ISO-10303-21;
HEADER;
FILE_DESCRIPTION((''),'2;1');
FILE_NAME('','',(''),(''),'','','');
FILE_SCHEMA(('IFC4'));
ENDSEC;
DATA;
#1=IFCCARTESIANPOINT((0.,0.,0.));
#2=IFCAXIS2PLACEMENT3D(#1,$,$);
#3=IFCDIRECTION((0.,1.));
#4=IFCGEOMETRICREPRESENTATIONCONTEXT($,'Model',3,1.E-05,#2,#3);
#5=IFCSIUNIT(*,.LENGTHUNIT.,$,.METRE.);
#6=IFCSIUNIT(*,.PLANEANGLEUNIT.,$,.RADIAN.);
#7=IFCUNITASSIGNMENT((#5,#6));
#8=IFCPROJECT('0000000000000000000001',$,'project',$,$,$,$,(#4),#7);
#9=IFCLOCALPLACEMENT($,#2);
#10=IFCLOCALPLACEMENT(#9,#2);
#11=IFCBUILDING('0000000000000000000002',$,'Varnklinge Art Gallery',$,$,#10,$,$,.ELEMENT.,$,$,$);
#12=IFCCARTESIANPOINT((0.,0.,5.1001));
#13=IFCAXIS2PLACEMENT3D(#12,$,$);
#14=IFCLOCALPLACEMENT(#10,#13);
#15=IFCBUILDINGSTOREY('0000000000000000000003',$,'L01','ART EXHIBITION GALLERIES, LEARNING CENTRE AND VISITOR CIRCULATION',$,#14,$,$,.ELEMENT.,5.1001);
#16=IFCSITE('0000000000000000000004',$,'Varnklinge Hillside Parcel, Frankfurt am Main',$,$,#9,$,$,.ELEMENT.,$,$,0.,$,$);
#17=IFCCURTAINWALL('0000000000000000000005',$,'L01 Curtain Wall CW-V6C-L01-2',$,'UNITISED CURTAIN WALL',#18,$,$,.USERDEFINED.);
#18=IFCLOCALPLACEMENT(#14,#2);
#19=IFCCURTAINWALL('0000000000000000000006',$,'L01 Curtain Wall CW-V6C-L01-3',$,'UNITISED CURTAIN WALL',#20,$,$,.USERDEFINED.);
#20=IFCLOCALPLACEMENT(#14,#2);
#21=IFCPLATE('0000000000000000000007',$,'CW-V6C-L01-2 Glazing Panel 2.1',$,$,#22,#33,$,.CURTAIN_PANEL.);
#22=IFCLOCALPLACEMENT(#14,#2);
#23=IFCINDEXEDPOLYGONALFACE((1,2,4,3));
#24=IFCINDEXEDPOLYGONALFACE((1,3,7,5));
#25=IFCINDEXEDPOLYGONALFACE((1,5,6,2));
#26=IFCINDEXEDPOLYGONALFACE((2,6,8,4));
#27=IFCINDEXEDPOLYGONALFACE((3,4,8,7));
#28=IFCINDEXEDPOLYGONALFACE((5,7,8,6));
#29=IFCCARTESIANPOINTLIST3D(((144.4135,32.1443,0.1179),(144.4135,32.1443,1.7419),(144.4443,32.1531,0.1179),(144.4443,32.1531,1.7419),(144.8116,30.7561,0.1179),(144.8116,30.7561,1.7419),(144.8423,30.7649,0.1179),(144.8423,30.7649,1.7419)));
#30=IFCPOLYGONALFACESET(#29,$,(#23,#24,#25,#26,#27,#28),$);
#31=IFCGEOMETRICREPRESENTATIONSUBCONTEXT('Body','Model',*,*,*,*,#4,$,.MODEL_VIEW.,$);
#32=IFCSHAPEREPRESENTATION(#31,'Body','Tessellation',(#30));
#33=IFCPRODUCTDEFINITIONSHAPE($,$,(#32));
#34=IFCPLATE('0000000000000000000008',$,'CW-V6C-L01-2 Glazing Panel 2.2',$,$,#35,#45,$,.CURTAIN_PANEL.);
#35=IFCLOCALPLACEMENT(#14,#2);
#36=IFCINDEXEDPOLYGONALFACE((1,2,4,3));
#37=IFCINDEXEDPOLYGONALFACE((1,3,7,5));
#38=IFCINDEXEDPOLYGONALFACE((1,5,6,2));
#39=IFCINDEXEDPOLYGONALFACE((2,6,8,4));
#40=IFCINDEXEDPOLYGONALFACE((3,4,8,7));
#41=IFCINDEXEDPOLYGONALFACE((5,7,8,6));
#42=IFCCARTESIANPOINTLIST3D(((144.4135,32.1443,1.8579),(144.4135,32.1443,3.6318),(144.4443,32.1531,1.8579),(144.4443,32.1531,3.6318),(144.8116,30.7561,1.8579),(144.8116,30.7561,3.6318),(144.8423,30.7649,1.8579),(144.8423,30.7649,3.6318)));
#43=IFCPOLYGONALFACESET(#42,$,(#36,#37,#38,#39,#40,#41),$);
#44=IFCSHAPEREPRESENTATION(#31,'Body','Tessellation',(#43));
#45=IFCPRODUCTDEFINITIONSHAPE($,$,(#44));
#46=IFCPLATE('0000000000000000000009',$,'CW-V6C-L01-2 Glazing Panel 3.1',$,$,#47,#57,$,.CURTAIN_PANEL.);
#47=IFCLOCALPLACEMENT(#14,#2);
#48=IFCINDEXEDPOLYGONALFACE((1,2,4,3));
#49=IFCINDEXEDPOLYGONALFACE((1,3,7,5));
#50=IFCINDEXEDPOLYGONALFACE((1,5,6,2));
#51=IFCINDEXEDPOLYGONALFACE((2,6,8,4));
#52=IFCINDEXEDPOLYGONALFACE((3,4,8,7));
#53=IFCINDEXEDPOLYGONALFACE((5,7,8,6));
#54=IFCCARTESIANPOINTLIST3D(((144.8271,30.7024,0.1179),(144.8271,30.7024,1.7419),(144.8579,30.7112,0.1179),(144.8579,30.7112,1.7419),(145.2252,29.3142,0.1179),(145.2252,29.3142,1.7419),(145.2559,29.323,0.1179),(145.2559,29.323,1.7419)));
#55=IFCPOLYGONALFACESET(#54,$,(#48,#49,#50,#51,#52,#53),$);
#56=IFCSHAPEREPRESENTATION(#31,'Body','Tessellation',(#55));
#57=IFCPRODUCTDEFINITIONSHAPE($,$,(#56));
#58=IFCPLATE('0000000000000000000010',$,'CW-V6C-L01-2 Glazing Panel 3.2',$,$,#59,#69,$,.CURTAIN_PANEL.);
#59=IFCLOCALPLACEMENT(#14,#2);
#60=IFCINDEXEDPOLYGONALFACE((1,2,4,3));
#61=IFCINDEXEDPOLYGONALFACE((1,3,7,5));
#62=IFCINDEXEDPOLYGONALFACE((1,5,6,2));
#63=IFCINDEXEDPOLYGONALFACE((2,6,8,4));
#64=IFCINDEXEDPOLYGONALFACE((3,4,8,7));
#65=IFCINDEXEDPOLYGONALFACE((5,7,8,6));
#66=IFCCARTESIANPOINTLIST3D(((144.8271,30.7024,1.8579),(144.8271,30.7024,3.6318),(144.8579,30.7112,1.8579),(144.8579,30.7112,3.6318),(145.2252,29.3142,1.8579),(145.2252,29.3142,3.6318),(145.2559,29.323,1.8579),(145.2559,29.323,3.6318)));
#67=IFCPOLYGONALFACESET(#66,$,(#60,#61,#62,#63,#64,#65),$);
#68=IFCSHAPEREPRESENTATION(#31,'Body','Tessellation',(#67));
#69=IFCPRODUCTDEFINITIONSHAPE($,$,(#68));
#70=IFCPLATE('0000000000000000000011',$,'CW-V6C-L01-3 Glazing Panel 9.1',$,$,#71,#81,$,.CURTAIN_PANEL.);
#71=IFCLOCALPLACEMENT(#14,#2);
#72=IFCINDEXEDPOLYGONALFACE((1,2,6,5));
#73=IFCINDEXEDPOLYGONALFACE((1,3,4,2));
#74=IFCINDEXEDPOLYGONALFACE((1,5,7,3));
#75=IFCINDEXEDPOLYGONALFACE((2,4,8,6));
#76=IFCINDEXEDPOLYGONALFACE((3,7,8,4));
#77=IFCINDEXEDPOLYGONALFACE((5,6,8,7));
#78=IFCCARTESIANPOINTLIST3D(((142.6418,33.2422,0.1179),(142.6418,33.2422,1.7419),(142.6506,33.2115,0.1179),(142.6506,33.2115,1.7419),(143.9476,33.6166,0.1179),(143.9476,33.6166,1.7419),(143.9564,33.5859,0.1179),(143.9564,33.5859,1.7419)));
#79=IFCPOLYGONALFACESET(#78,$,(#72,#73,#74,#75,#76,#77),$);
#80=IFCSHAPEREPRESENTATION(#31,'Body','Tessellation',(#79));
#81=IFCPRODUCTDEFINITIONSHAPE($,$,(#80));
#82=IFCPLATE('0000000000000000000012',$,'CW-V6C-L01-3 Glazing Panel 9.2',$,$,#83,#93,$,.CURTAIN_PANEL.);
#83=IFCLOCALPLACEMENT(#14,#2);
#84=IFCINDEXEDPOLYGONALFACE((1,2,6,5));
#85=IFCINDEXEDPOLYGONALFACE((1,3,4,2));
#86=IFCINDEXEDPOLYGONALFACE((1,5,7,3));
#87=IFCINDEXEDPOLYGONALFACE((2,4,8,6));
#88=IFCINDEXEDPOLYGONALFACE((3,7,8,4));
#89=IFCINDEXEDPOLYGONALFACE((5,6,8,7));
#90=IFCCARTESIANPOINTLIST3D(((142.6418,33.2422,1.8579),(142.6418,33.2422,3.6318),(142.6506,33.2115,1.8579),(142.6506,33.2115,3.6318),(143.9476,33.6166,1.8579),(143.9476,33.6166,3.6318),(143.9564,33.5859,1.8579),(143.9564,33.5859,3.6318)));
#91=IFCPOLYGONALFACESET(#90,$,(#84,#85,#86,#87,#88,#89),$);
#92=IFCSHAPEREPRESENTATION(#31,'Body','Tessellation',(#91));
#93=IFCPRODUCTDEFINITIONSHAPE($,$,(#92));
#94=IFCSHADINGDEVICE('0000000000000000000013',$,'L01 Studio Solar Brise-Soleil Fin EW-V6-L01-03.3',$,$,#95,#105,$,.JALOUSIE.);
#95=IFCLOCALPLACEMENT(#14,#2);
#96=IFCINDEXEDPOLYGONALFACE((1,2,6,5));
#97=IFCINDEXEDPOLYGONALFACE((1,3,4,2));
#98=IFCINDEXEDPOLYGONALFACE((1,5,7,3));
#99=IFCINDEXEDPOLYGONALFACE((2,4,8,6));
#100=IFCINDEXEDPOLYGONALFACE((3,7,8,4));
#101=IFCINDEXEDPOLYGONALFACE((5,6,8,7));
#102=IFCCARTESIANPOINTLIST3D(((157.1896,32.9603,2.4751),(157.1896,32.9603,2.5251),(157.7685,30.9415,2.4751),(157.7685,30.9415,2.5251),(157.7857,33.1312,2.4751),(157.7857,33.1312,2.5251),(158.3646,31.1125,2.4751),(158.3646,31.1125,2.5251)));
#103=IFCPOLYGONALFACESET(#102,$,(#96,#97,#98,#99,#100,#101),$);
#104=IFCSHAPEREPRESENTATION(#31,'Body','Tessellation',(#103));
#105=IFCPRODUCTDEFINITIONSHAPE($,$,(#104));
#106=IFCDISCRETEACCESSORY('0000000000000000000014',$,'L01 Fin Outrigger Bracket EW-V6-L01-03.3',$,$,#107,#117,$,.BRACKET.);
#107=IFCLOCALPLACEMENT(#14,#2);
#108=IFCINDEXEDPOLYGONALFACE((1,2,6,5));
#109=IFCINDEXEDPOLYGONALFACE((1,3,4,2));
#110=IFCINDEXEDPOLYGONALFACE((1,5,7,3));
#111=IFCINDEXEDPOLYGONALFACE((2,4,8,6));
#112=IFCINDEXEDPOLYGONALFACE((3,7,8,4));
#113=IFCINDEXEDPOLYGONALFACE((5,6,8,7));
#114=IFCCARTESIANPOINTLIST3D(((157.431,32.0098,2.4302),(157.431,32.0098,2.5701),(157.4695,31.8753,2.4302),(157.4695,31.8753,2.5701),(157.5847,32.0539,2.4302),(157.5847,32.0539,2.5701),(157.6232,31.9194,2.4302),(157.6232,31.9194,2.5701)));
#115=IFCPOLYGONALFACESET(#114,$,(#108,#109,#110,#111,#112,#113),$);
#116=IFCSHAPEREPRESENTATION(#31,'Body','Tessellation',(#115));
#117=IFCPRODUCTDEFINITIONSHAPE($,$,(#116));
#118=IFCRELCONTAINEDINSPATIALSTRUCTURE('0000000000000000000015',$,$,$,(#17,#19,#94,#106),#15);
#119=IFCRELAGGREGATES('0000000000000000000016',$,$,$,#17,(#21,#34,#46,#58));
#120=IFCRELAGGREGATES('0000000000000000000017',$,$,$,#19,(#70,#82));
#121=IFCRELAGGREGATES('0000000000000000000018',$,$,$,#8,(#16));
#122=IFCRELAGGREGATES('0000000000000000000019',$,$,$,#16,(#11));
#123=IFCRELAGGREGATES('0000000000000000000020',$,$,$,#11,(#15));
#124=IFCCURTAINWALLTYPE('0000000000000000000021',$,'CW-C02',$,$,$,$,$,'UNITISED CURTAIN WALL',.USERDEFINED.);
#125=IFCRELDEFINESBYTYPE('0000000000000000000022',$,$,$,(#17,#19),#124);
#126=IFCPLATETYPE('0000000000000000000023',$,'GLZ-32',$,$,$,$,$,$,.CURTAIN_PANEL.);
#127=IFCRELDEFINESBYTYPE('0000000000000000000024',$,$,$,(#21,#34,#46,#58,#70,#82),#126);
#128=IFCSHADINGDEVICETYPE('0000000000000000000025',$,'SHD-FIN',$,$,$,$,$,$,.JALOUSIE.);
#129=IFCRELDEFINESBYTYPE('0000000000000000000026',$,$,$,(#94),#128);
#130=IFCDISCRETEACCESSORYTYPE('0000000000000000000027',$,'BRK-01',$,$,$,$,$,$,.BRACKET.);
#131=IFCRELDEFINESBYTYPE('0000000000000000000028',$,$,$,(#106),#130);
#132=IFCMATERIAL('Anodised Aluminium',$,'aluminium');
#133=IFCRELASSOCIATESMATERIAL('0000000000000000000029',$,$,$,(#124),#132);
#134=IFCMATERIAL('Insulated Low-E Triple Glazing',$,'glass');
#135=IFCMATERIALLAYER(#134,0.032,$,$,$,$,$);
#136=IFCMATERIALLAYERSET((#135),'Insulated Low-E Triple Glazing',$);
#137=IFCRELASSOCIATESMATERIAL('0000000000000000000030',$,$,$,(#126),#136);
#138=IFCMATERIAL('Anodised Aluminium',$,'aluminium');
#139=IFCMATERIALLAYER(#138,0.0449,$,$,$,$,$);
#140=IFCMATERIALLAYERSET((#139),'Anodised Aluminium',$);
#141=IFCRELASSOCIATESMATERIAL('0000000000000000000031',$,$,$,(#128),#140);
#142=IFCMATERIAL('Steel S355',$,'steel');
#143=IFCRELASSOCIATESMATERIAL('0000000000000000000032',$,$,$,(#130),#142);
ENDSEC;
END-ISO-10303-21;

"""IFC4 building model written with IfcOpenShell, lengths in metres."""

from ifc_helpers import new_model, si_unit, direction, frame, origin, origin_2d, place, context, subcontext, project, spatial, rectangle, extrude, material, layer, layer_set, type_object, element, aggregate, save


model = new_model("IFC4")

# Units and contexts
model_context = context("Model", 3, precision=1e-05, world=origin(), true_north=direction((0.0, 1.0)))
body_context = subcontext(model_context, "Body", "Model", "MODEL_VIEW")
ifc_project = project(units=[si_unit("LENGTHUNIT", "METRE"), si_unit("PLANEANGLEUNIT", "RADIAN")], contexts=[model_context])

# Site, building, storey
site_placement = place(None, origin())
site = spatial("IfcSite", under=ifc_project, at=site_placement, Name="Varnklinge Hillside Parcel, Frankfurt am Main", CompositionType="ELEMENT", RefElevation=0.0)
building_placement = place(site_placement, origin())
building = spatial("IfcBuilding", under=site, at=building_placement, Name="Varnklinge Art Gallery", CompositionType="ELEMENT")
storey_placement = place(building_placement, frame((0.0, 0.0, 5.1001)))
storey = spatial("IfcBuildingStorey", under=building, at=storey_placement, Name="L01", Description="ART EXHIBITION GALLERIES, LEARNING CENTRE AND VISITOR CIRCULATION", CompositionType="ELEMENT", Elevation=5.1001)

# Curtain walls
ifc_material_1 = material(Name="Anodised Aluminium", Category="aluminium")
curtain_wall_type = type_object("IfcCurtainWallType", Name="CW-C02", ElementType="UNITISED CURTAIN WALL", PredefinedType="USERDEFINED", material=ifc_material_1)
curtain_wall_1_placement = place(storey_placement, origin())
curtain_wall_1 = element("IfcCurtainWall", 1, at=curtain_wall_1_placement, inside=storey, type_object=curtain_wall_type, Name="L01 Curtain Wall CW-V6C-L01-2", ObjectType="UNITISED CURTAIN WALL", PredefinedType="USERDEFINED")
curtain_wall_2_placement = place(storey_placement, origin())
curtain_wall_2 = element("IfcCurtainWall", 2, at=curtain_wall_2_placement, inside=storey, type_object=curtain_wall_type, Name="L01 Curtain Wall CW-V6C-L01-3", ObjectType="UNITISED CURTAIN WALL", PredefinedType="USERDEFINED")

# Plates
ifc_material_2 = material(Name="Insulated Low-E Triple Glazing", Category="glass")
ifc_layer_1 = layer(ifc_material_2, 0.032)
ifc_layer_set_1 = layer_set([ifc_layer_1], Name="Insulated Low-E Triple Glazing")
plate_type = type_object("IfcPlateType", Name="GLZ-32", PredefinedType="CURTAIN_PANEL", material=ifc_layer_set_1)
plate_1_placement = place(storey_placement, frame((144.6279, 31.4546, 0.1179), z_axis=(0.0, 0.0, 1.0), x_axis=(0.275637, -0.961262, 0.0)))
plate_1 = element("IfcPlate", 3, at=plate_1_placement, type_object=plate_type, Name="CW-V6C-L01-2 Glazing Panel 2.1", PredefinedType="CURTAIN_PANEL", context=body_context, shape_type="SweptSolid", body=[
    extrude(rectangle(XDim=1.4441, YDim=0.032, at=origin_2d()), origin(), (0.0, 0.0, 1.0), 1.624),
])
plate_2_placement = place(storey_placement, frame((144.6279, 31.4546, 1.8579), z_axis=(0.0, 0.0, 1.0), x_axis=(0.275637, -0.961262, 0.0)))
plate_2 = element("IfcPlate", 4, at=plate_2_placement, type_object=plate_type, Name="CW-V6C-L01-2 Glazing Panel 2.2", PredefinedType="CURTAIN_PANEL", context=body_context, shape_type="SweptSolid", body=[
    extrude(rectangle(XDim=1.4441, YDim=0.032, at=origin_2d()), origin(), (0.0, 0.0, 1.0), 1.7739),
])
plate_3_placement = place(storey_placement, frame((145.0415, 30.0127, 0.1179), z_axis=(0.0, 0.0, 1.0), x_axis=(0.275637, -0.961262, 0.0)))
plate_3 = element("IfcPlate", 5, at=plate_3_placement, type_object=plate_type, Name="CW-V6C-L01-2 Glazing Panel 3.1", PredefinedType="CURTAIN_PANEL", context=body_context, shape_type="SweptSolid", body=[
    extrude(rectangle(XDim=1.4441, YDim=0.032, at=origin_2d()), origin(), (0.0, 0.0, 1.0), 1.624),
])
plate_4_placement = place(storey_placement, frame((145.0415, 30.0127, 1.8579), z_axis=(0.0, 0.0, 1.0), x_axis=(0.275637, -0.961262, 0.0)))
plate_4 = element("IfcPlate", 6, at=plate_4_placement, type_object=plate_type, Name="CW-V6C-L01-2 Glazing Panel 3.2", PredefinedType="CURTAIN_PANEL", context=body_context, shape_type="SweptSolid", body=[
    extrude(rectangle(XDim=1.4441, YDim=0.032, at=origin_2d()), origin(), (0.0, 0.0, 1.0), 1.7739),
])
aggregate(curtain_wall_1, [plate_1, plate_2, plate_3, plate_4])
plate_5_placement = place(storey_placement, frame((143.2991, 33.4141, 0.1179), z_axis=(0.0, 0.0, 1.0), x_axis=(0.961262, 0.275637, 0.0)))
plate_5 = element("IfcPlate", 7, at=plate_5_placement, type_object=plate_type, Name="CW-V6C-L01-3 Glazing Panel 9.1", PredefinedType="CURTAIN_PANEL", context=body_context, shape_type="SweptSolid", body=[
    extrude(rectangle(XDim=1.3584, YDim=0.032, at=origin_2d()), origin(), (0.0, 0.0, 1.0), 1.624),
])
plate_6_placement = place(storey_placement, frame((143.2991, 33.4141, 1.8579), z_axis=(0.0, 0.0, 1.0), x_axis=(0.961262, 0.275637, 0.0)))
plate_6 = element("IfcPlate", 8, at=plate_6_placement, type_object=plate_type, Name="CW-V6C-L01-3 Glazing Panel 9.2", PredefinedType="CURTAIN_PANEL", context=body_context, shape_type="SweptSolid", body=[
    extrude(rectangle(XDim=1.3584, YDim=0.032, at=origin_2d()), origin(), (0.0, 0.0, 1.0), 1.7739),
])
aggregate(curtain_wall_2, [plate_5, plate_6])

# Shading device
ifc_material_3 = material(Name="Anodised Aluminium", Category="aluminium")
ifc_layer_2 = layer(ifc_material_3, 0.0449)
ifc_layer_set_2 = layer_set([ifc_layer_2], Name="Anodised Aluminium")
shading_device_type = type_object("IfcShadingDeviceType", Name="SHD-FIN", PredefinedType="JALOUSIE", material=ifc_layer_set_2)
shading_device_placement = place(storey_placement, frame((157.7771, 32.0364, 2.4751), z_axis=(0.0, 0.0, 1.0), x_axis=(0.275637, -0.961262, 0.0)))
element("IfcShadingDevice", 9, at=shading_device_placement, inside=storey, type_object=shading_device_type, Name="L01 Studio Solar Brise-Soleil Fin EW-V6-L01-03.3", PredefinedType="JALOUSIE", context=body_context, shape_type="SweptSolid", body=[
    extrude(rectangle(XDim=2.1001, YDim=0.6201, at=origin_2d()), origin(), (0.0, 0.0, 1.0), 0.05),
])

# Discrete accessory
ifc_material_4 = material(Name="Steel S355", Category="steel")
discrete_accessory_type = type_object("IfcDiscreteAccessoryType", Name="BRK-01", PredefinedType="BRACKET", material=ifc_material_4)
discrete_accessory_placement = place(storey_placement, frame((157.5271, 31.9646, 2.4302), z_axis=(0.0, 0.0, 1.0), x_axis=(0.275637, -0.961262, 0.0)))
element("IfcDiscreteAccessory", 10, at=discrete_accessory_placement, inside=storey, type_object=discrete_accessory_type, Name="L01 Fin Outrigger Bracket EW-V6-L01-03.3", PredefinedType="BRACKET", context=body_context, shape_type="SweptSolid", body=[
    extrude(rectangle(XDim=0.1399, YDim=0.1599, at=origin_2d()), origin(), (0.0, 0.0, 1.0), 0.1399),
])

save(model, "model.ifc")
